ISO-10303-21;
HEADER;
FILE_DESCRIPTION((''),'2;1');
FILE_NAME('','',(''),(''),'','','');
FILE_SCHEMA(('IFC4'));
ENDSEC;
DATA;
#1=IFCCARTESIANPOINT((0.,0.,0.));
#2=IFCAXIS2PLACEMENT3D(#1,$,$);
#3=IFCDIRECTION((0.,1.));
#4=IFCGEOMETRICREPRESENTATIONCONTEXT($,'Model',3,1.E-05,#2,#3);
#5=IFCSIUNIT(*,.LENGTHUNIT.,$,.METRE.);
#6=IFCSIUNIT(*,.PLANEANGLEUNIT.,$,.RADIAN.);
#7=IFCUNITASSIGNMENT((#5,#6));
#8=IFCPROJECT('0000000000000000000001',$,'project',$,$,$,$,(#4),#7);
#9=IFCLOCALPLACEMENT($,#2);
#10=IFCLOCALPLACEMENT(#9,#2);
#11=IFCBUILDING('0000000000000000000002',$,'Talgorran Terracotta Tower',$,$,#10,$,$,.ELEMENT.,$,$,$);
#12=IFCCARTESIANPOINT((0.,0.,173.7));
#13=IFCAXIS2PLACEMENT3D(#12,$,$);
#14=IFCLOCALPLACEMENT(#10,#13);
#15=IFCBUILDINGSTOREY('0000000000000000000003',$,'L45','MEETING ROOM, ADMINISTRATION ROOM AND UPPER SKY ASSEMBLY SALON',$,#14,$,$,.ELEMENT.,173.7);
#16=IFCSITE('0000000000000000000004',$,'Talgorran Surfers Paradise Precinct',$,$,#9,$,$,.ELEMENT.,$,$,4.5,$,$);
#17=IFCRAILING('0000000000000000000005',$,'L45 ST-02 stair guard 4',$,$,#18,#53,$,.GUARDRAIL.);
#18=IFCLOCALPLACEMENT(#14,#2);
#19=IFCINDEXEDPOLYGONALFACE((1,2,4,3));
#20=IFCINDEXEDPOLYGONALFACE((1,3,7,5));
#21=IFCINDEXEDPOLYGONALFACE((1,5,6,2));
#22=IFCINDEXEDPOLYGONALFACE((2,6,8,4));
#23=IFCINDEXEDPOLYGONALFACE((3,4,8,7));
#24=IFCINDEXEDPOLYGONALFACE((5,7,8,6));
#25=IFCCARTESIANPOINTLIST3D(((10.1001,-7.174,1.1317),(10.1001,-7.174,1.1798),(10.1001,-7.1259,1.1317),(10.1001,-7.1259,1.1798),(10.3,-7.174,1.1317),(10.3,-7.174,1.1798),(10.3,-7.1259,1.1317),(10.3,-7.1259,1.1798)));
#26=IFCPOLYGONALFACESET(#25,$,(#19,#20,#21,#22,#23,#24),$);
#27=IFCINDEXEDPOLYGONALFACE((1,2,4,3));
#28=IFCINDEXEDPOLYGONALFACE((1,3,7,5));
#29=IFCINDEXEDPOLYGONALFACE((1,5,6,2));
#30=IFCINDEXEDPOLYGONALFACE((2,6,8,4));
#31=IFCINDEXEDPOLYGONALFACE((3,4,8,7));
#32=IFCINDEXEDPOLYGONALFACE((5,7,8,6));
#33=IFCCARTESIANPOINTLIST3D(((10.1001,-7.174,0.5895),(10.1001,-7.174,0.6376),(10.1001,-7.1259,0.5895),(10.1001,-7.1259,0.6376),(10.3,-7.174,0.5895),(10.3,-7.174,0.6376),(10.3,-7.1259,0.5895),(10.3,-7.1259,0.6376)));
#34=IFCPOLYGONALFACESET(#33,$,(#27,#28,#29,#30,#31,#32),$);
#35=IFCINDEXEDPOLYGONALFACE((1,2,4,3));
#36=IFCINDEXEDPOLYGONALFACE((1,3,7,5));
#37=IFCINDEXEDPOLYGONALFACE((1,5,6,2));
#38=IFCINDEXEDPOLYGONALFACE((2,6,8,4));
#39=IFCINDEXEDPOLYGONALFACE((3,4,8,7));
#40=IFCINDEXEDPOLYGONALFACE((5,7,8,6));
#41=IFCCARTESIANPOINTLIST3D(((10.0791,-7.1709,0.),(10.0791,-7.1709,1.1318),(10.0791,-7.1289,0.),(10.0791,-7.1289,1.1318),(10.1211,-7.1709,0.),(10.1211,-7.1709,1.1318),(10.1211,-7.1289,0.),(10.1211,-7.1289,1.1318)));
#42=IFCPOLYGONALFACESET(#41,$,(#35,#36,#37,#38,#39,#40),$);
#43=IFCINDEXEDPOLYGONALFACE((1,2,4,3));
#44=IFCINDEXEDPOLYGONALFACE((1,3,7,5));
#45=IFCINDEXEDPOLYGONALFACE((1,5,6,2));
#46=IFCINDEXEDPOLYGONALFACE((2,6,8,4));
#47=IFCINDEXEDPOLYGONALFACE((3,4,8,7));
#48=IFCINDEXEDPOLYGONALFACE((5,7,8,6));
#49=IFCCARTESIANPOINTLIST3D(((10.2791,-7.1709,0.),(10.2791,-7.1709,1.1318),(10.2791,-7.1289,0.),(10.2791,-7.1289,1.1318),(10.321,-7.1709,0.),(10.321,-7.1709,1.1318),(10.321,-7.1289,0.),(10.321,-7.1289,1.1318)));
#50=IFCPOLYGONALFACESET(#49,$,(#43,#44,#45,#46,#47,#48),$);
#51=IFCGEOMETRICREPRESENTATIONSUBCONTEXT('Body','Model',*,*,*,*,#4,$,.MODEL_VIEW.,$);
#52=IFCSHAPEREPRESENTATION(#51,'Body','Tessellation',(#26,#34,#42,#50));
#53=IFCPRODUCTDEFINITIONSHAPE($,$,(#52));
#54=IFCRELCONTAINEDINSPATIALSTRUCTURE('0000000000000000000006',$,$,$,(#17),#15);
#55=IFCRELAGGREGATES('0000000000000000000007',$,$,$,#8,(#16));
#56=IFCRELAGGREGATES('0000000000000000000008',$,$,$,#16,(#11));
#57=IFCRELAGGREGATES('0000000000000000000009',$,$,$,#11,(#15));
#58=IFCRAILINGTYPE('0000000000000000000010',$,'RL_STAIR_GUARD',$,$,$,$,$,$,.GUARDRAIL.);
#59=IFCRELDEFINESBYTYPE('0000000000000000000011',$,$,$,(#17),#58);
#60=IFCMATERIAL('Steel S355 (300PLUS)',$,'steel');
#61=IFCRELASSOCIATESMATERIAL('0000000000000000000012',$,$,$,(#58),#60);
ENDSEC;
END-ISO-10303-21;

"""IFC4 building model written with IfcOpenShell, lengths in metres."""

from ifc_helpers import new_model, si_unit, direction, frame, origin, origin_2d, place, context, subcontext, project, spatial, rectangle, extrude, material, type_object, element, save


model = new_model("IFC4")

# Units and contexts
model_context = context("Model", 3, precision=1e-05, world=origin(), true_north=direction((0.0, 1.0)))
body_context = subcontext(model_context, "Body", "Model", "MODEL_VIEW")
ifc_project = project(units=[si_unit("LENGTHUNIT", "METRE"), si_unit("PLANEANGLEUNIT", "RADIAN")], contexts=[model_context])

# Site, building, storey
site_placement = place(None, origin())
site = spatial("IfcSite", under=ifc_project, at=site_placement, Name="Talgorran Surfers Paradise Precinct", CompositionType="ELEMENT", RefElevation=4.5)
building_placement = place(site_placement, origin())
building = spatial("IfcBuilding", under=site, at=building_placement, Name="Talgorran Terracotta Tower", CompositionType="ELEMENT")
storey_placement = place(building_placement, frame((0.0, 0.0, 173.7)))
storey = spatial("IfcBuildingStorey", under=building, at=storey_placement, Name="L45", Description="MEETING ROOM, ADMINISTRATION ROOM AND UPPER SKY ASSEMBLY SALON", CompositionType="ELEMENT", Elevation=173.7)

# Shared definitions
ifc_material_1 = material(Name="Steel S355 (300PLUS)", Category="steel")

# Railing
railing_type_1 = type_object("IfcRailingType", Name="RL_STAIR_GUARD", PredefinedType="GUARDRAIL", material=ifc_material_1)
railing_1_placement = place(storey_placement, frame((10.1001, -7.1499, 0.0)))
element("IfcRailing", 1, at=railing_1_placement, inside=storey, type_object=railing_type_1, Name="L45 ST-02 stair guard 4", PredefinedType="GUARDRAIL", context=body_context, shape_type="SweptSolid", body=[
    extrude(rectangle(XDim=0.0481, YDim=0.0481, at=origin_2d()), frame((0.0, 0.0, 1.1558), z_axis=(1.0, 0.0, 0.0), x_axis=(0.0, 1.0, 0.0)), (0.0, 0.0, 1.0), 0.2),
    extrude(rectangle(XDim=0.0481, YDim=0.0481, at=origin_2d()), frame((0.0, 0.0, 0.6135), z_axis=(1.0, 0.0, 0.0), x_axis=(0.0, 1.0, 0.0)), (0.0, 0.0, 1.0), 0.2),
    extrude(rectangle(XDim=0.042, YDim=0.042, at=origin_2d()), origin(), (0.0, 0.0, 1.0), 1.1318),
    extrude(rectangle(XDim=0.042, YDim=0.042, at=origin_2d()), frame((0.2, 0.0, 0.0)), (0.0, 0.0, 1.0), 1.1318),
])

save(model, "model.ifc")
